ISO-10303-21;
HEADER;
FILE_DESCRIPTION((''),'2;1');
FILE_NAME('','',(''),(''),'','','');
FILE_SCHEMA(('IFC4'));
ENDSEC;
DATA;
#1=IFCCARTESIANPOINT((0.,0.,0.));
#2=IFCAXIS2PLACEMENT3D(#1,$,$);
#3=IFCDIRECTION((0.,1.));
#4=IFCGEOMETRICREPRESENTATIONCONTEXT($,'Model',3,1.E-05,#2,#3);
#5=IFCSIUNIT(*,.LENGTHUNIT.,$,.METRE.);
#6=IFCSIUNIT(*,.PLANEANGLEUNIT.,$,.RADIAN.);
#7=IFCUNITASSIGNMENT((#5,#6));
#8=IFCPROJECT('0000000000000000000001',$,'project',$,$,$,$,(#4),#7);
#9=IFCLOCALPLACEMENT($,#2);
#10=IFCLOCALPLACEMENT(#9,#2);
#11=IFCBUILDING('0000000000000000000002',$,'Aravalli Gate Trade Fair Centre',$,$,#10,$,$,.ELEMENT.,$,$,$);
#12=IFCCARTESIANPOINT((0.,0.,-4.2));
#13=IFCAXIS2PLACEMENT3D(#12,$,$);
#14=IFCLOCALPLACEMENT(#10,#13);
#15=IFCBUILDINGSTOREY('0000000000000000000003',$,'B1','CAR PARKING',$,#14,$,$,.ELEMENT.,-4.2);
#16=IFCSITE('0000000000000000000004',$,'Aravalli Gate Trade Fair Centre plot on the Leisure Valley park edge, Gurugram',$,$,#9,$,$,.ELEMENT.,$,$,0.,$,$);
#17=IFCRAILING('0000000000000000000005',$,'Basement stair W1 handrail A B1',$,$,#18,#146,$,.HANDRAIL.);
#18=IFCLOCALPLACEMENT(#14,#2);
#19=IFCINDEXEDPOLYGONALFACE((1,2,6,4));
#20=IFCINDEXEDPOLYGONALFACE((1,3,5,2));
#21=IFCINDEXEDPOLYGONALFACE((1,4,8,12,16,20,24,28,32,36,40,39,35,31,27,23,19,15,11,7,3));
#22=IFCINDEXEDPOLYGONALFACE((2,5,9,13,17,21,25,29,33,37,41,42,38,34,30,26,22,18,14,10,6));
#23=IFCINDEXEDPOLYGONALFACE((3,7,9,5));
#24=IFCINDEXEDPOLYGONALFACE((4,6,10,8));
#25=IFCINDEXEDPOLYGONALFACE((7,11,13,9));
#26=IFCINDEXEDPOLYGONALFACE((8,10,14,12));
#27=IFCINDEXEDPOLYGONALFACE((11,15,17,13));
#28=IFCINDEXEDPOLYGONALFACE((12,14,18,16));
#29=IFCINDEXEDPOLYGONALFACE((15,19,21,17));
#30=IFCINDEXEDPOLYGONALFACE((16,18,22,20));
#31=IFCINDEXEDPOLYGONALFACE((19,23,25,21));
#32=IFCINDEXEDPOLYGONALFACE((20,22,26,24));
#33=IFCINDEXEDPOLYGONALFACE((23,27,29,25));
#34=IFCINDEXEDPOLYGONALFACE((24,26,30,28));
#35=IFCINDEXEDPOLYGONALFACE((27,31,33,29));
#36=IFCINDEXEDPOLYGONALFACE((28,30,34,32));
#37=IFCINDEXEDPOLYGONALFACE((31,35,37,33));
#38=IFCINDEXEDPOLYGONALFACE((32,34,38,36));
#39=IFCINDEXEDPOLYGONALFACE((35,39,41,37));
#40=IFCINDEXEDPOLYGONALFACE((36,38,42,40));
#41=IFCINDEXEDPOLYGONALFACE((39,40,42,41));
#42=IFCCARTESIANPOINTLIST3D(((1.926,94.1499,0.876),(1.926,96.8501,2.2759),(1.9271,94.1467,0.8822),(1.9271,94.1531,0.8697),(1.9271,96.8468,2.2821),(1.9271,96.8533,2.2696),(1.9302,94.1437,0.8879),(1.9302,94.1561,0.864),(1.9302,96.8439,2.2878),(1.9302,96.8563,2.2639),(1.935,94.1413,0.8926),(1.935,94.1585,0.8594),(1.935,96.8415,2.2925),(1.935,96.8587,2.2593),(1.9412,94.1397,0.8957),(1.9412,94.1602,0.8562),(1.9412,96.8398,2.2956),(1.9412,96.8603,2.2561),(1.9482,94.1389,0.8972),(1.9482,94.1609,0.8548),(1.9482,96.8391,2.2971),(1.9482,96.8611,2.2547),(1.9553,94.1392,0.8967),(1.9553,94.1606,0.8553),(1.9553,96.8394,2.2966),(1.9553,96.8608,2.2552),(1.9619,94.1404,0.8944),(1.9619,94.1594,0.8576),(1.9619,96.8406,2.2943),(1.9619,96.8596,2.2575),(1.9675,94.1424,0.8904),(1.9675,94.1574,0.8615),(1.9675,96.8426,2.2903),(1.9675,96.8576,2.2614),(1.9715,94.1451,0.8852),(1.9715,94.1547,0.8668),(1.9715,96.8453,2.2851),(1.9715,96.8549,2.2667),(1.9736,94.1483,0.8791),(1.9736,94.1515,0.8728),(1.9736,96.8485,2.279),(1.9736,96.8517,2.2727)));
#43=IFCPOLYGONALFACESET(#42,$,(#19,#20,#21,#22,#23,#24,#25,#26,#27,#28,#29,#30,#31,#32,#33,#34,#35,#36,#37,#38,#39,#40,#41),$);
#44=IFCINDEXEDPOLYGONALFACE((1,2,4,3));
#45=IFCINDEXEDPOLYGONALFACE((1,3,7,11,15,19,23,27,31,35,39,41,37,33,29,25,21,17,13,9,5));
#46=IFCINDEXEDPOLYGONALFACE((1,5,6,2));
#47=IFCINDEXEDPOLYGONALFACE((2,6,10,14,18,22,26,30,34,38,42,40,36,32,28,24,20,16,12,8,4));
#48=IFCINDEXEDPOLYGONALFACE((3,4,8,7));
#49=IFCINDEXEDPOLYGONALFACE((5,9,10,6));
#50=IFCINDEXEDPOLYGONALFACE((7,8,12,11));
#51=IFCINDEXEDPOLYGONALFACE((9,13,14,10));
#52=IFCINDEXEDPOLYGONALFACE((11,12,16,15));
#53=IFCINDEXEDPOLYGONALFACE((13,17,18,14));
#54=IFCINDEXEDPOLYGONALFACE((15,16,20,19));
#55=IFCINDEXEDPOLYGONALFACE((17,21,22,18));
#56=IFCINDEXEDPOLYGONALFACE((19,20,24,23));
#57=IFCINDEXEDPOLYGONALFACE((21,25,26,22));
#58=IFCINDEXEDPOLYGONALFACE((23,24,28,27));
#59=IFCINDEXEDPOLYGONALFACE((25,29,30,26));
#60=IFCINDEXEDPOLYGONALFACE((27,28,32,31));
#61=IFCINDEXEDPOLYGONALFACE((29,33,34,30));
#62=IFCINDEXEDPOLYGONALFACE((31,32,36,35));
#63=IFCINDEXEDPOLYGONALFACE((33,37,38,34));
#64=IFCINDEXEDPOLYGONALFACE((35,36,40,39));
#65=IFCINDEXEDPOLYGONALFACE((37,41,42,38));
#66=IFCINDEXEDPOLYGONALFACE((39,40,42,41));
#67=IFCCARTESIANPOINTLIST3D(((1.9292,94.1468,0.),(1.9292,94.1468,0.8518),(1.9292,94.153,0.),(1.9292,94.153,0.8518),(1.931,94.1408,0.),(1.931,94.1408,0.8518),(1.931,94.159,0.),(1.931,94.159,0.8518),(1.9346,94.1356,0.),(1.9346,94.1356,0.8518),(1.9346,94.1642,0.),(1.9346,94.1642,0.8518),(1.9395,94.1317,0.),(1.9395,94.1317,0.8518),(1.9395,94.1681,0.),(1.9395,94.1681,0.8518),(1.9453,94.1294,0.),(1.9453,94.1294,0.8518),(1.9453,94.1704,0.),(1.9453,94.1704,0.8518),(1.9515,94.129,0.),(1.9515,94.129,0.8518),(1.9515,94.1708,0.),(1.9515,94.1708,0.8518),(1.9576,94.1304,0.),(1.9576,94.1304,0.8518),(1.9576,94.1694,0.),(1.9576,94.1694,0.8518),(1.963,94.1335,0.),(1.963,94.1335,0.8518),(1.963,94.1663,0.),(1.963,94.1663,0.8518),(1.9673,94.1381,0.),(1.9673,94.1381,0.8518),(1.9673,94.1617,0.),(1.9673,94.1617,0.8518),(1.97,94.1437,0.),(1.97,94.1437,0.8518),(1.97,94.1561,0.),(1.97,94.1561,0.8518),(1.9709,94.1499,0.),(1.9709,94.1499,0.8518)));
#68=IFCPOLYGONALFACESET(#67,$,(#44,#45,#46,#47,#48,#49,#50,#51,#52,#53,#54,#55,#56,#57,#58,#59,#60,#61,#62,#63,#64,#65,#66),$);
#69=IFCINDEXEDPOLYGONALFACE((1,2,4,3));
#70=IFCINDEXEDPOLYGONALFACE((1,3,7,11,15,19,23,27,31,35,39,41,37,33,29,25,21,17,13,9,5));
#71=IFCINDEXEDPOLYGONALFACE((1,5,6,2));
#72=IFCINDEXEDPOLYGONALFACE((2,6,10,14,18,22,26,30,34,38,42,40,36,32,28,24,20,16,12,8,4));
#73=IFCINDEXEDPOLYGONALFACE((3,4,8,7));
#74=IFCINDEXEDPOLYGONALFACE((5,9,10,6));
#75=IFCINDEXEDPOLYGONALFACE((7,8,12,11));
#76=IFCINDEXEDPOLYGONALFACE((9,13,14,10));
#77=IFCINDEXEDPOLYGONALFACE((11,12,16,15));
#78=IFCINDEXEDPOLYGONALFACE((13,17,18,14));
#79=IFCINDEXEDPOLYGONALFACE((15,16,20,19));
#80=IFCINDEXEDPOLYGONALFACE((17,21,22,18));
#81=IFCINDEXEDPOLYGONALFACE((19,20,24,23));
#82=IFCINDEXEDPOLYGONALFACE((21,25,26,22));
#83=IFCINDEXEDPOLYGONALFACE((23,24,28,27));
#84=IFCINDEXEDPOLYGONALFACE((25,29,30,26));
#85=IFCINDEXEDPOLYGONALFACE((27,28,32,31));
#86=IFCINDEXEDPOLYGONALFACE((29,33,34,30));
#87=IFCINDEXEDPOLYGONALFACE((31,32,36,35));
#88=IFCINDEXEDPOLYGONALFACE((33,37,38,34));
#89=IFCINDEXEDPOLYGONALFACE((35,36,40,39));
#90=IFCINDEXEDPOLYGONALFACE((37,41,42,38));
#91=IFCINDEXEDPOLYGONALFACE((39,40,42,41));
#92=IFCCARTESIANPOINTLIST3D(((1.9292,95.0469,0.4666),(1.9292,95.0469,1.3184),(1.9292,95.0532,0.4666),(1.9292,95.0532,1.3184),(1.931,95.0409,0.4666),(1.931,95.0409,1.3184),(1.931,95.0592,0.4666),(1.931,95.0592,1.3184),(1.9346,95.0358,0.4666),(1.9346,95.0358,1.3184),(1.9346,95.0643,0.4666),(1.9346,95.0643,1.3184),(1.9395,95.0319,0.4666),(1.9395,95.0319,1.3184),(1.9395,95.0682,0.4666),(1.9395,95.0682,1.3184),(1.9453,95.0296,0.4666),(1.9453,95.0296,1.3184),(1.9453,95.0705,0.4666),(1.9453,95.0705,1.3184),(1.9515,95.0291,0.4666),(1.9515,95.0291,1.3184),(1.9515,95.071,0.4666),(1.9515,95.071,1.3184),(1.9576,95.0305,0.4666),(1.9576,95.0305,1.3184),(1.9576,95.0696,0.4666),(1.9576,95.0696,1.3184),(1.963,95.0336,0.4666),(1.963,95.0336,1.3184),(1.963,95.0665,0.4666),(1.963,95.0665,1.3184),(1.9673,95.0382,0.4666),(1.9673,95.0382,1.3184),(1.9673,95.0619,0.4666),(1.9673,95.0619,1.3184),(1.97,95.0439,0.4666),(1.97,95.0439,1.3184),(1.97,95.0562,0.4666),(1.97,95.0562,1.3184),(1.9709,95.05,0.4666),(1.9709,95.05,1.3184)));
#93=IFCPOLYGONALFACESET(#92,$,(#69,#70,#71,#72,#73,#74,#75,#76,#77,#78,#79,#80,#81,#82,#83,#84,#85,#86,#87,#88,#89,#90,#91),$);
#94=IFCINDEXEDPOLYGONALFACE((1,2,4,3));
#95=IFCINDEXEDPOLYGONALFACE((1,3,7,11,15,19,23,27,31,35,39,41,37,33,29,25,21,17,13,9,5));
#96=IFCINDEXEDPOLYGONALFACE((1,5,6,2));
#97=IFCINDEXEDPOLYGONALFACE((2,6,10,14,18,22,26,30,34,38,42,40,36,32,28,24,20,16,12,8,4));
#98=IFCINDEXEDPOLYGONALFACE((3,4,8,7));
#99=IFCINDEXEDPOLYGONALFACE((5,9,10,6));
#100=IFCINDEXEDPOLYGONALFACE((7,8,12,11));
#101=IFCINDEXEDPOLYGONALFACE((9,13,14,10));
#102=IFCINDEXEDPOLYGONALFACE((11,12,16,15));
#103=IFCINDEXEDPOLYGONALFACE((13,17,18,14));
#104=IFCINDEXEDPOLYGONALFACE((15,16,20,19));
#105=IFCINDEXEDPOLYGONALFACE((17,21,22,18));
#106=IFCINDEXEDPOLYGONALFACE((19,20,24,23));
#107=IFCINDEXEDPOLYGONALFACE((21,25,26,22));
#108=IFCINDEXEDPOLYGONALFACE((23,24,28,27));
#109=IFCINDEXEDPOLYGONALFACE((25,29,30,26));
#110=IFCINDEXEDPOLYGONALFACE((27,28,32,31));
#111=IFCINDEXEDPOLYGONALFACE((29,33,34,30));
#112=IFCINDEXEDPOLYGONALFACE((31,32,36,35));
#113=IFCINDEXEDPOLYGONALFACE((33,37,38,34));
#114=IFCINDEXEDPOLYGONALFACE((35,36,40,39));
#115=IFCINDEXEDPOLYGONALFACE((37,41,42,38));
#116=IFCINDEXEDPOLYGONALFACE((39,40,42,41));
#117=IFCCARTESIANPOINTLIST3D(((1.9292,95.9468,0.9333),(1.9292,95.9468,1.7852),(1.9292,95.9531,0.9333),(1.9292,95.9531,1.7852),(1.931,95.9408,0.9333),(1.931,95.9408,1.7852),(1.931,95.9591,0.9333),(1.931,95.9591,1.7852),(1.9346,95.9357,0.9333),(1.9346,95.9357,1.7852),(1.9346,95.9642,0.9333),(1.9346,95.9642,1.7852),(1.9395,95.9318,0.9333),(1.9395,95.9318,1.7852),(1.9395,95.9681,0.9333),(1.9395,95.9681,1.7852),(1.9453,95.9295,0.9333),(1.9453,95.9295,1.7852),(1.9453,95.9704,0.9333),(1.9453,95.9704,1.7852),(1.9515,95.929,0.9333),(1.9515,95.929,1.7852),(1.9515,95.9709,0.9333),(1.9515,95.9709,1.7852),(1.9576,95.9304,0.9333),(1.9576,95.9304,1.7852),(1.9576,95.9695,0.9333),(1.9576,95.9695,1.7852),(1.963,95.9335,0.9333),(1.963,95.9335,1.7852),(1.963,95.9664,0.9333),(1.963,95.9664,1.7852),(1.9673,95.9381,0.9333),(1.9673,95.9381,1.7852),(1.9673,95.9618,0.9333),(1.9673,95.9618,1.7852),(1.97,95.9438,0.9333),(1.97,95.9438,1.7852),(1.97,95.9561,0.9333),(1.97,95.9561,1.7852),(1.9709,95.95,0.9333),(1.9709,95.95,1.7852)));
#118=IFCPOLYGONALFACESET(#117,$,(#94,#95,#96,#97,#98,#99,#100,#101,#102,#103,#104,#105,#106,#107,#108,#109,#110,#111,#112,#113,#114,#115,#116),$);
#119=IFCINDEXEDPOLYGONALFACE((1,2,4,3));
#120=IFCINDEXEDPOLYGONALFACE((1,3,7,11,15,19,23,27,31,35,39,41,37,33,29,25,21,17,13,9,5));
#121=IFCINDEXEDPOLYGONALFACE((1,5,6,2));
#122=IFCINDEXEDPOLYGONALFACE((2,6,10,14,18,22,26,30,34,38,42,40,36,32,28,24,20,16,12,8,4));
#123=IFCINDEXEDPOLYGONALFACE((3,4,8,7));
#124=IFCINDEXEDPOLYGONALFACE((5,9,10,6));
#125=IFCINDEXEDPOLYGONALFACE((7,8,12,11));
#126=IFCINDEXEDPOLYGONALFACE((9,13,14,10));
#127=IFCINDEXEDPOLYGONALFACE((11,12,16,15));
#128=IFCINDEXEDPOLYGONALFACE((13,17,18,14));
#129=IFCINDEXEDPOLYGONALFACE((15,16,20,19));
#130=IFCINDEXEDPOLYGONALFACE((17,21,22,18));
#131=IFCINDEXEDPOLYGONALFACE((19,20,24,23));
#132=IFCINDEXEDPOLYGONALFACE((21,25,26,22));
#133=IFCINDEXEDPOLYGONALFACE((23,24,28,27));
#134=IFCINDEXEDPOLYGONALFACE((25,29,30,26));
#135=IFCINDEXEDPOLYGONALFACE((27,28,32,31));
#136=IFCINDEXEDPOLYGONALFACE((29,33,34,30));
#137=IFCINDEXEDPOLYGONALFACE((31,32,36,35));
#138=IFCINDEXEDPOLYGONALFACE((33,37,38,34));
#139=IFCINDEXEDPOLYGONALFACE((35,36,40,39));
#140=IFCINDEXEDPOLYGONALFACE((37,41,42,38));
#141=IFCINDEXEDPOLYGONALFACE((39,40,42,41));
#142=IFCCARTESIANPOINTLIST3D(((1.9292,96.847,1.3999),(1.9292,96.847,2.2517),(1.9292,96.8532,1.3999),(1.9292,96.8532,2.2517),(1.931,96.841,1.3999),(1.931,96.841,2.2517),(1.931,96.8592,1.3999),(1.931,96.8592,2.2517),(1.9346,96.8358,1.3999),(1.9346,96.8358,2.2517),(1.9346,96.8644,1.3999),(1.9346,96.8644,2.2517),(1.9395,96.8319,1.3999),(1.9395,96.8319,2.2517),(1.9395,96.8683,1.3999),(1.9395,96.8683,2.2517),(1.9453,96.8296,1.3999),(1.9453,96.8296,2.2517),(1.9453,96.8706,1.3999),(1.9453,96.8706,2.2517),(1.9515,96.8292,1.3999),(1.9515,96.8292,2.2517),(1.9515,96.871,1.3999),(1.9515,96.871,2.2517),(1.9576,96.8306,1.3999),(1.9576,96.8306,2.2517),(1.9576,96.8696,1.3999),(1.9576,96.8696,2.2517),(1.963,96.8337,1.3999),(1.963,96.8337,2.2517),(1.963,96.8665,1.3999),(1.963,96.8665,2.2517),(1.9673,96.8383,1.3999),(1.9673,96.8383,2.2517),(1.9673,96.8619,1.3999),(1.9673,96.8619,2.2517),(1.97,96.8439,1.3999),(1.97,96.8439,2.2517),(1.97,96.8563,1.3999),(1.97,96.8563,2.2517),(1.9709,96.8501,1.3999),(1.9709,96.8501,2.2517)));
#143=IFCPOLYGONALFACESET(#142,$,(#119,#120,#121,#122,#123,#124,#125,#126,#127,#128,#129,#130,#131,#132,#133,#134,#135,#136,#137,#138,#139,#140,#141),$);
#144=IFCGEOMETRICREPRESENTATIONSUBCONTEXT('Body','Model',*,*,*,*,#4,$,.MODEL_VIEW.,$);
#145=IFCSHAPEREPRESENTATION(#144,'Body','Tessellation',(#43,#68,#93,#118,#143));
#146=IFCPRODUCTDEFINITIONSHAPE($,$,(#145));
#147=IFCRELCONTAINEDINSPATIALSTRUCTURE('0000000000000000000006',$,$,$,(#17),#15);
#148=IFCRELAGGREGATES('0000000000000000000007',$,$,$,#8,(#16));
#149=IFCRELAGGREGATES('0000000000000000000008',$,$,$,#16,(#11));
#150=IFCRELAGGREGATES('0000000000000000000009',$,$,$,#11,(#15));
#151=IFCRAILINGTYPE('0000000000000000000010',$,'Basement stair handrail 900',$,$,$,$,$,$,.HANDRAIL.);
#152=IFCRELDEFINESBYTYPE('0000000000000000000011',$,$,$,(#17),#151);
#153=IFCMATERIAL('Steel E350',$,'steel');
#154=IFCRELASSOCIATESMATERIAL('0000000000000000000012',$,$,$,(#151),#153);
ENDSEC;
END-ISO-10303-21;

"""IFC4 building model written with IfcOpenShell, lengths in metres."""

from ifc_helpers import new_model, si_unit, direction, frame, origin, origin_2d, place, context, subcontext, project, spatial, circle, extrude, material, type_object, element, save


model = new_model("IFC4")

# Units and contexts
model_context = context("Model", 3, precision=1e-05, world=origin(), true_north=direction((0.0, 1.0)))
body_context = subcontext(model_context, "Body", "Model", "MODEL_VIEW")
ifc_project = project(units=[si_unit("LENGTHUNIT", "METRE"), si_unit("PLANEANGLEUNIT", "RADIAN")], contexts=[model_context])

# Site, building, storey
site_placement = place(None, origin())
site = spatial("IfcSite", under=ifc_project, at=site_placement, Name="Aravalli Gate Trade Fair Centre plot on the Leisure Valley park edge, Gurugram", CompositionType="ELEMENT", RefElevation=0.0)
building_placement = place(site_placement, origin())
building = spatial("IfcBuilding", under=site, at=building_placement, Name="Aravalli Gate Trade Fair Centre", CompositionType="ELEMENT")
storey_placement = place(building_placement, frame((0.0, 0.0, -4.2)))
storey = spatial("IfcBuildingStorey", under=building, at=storey_placement, Name="B1", Description="CAR PARKING", CompositionType="ELEMENT", Elevation=-4.2)

# Railing
ifc_material_1 = material(Name="Steel E350", Category="steel")
railing_type_1 = type_object("IfcRailingType", Name="Basement stair handrail 900", PredefinedType="HANDRAIL", material=ifc_material_1)
for number, where, name in (
    (1, (1.95, 94.1499, 0.0), "Basement stair W1 handrail A B1"),
):
    element("IfcRailing", number, at=place(storey_placement, frame(where)), inside=storey, type_object=railing_type_1, Name=name, PredefinedType="HANDRAIL", context=body_context, shape_type="SweptSolid", body=[
        extrude(circle(Radius=0.0239, at=origin_2d()), frame((0.0, 0.0, 0.876), z_axis=(0.0, 0.887781, 0.460266), x_axis=(-1.0, 0.0, 0.0)), (0.0, 0.0, 1.0), 3.0415),
        extrude(circle(Radius=0.021, at=origin_2d()), origin(), (0.0, 0.0, 1.0), 0.8518),
        extrude(circle(Radius=0.021, at=origin_2d()), frame((0.0, 0.9001, 0.4666)), (0.0, 0.0, 1.0), 0.8518),
        extrude(circle(Radius=0.021, at=origin_2d()), frame((0.0, 1.8, 0.9333)), (0.0, 0.0, 1.0), 0.8518),
        extrude(circle(Radius=0.021, at=origin_2d()), frame((0.0, 2.7002, 1.3999)), (0.0, 0.0, 1.0), 0.8518),
    ])

save(model, "model.ifc")
